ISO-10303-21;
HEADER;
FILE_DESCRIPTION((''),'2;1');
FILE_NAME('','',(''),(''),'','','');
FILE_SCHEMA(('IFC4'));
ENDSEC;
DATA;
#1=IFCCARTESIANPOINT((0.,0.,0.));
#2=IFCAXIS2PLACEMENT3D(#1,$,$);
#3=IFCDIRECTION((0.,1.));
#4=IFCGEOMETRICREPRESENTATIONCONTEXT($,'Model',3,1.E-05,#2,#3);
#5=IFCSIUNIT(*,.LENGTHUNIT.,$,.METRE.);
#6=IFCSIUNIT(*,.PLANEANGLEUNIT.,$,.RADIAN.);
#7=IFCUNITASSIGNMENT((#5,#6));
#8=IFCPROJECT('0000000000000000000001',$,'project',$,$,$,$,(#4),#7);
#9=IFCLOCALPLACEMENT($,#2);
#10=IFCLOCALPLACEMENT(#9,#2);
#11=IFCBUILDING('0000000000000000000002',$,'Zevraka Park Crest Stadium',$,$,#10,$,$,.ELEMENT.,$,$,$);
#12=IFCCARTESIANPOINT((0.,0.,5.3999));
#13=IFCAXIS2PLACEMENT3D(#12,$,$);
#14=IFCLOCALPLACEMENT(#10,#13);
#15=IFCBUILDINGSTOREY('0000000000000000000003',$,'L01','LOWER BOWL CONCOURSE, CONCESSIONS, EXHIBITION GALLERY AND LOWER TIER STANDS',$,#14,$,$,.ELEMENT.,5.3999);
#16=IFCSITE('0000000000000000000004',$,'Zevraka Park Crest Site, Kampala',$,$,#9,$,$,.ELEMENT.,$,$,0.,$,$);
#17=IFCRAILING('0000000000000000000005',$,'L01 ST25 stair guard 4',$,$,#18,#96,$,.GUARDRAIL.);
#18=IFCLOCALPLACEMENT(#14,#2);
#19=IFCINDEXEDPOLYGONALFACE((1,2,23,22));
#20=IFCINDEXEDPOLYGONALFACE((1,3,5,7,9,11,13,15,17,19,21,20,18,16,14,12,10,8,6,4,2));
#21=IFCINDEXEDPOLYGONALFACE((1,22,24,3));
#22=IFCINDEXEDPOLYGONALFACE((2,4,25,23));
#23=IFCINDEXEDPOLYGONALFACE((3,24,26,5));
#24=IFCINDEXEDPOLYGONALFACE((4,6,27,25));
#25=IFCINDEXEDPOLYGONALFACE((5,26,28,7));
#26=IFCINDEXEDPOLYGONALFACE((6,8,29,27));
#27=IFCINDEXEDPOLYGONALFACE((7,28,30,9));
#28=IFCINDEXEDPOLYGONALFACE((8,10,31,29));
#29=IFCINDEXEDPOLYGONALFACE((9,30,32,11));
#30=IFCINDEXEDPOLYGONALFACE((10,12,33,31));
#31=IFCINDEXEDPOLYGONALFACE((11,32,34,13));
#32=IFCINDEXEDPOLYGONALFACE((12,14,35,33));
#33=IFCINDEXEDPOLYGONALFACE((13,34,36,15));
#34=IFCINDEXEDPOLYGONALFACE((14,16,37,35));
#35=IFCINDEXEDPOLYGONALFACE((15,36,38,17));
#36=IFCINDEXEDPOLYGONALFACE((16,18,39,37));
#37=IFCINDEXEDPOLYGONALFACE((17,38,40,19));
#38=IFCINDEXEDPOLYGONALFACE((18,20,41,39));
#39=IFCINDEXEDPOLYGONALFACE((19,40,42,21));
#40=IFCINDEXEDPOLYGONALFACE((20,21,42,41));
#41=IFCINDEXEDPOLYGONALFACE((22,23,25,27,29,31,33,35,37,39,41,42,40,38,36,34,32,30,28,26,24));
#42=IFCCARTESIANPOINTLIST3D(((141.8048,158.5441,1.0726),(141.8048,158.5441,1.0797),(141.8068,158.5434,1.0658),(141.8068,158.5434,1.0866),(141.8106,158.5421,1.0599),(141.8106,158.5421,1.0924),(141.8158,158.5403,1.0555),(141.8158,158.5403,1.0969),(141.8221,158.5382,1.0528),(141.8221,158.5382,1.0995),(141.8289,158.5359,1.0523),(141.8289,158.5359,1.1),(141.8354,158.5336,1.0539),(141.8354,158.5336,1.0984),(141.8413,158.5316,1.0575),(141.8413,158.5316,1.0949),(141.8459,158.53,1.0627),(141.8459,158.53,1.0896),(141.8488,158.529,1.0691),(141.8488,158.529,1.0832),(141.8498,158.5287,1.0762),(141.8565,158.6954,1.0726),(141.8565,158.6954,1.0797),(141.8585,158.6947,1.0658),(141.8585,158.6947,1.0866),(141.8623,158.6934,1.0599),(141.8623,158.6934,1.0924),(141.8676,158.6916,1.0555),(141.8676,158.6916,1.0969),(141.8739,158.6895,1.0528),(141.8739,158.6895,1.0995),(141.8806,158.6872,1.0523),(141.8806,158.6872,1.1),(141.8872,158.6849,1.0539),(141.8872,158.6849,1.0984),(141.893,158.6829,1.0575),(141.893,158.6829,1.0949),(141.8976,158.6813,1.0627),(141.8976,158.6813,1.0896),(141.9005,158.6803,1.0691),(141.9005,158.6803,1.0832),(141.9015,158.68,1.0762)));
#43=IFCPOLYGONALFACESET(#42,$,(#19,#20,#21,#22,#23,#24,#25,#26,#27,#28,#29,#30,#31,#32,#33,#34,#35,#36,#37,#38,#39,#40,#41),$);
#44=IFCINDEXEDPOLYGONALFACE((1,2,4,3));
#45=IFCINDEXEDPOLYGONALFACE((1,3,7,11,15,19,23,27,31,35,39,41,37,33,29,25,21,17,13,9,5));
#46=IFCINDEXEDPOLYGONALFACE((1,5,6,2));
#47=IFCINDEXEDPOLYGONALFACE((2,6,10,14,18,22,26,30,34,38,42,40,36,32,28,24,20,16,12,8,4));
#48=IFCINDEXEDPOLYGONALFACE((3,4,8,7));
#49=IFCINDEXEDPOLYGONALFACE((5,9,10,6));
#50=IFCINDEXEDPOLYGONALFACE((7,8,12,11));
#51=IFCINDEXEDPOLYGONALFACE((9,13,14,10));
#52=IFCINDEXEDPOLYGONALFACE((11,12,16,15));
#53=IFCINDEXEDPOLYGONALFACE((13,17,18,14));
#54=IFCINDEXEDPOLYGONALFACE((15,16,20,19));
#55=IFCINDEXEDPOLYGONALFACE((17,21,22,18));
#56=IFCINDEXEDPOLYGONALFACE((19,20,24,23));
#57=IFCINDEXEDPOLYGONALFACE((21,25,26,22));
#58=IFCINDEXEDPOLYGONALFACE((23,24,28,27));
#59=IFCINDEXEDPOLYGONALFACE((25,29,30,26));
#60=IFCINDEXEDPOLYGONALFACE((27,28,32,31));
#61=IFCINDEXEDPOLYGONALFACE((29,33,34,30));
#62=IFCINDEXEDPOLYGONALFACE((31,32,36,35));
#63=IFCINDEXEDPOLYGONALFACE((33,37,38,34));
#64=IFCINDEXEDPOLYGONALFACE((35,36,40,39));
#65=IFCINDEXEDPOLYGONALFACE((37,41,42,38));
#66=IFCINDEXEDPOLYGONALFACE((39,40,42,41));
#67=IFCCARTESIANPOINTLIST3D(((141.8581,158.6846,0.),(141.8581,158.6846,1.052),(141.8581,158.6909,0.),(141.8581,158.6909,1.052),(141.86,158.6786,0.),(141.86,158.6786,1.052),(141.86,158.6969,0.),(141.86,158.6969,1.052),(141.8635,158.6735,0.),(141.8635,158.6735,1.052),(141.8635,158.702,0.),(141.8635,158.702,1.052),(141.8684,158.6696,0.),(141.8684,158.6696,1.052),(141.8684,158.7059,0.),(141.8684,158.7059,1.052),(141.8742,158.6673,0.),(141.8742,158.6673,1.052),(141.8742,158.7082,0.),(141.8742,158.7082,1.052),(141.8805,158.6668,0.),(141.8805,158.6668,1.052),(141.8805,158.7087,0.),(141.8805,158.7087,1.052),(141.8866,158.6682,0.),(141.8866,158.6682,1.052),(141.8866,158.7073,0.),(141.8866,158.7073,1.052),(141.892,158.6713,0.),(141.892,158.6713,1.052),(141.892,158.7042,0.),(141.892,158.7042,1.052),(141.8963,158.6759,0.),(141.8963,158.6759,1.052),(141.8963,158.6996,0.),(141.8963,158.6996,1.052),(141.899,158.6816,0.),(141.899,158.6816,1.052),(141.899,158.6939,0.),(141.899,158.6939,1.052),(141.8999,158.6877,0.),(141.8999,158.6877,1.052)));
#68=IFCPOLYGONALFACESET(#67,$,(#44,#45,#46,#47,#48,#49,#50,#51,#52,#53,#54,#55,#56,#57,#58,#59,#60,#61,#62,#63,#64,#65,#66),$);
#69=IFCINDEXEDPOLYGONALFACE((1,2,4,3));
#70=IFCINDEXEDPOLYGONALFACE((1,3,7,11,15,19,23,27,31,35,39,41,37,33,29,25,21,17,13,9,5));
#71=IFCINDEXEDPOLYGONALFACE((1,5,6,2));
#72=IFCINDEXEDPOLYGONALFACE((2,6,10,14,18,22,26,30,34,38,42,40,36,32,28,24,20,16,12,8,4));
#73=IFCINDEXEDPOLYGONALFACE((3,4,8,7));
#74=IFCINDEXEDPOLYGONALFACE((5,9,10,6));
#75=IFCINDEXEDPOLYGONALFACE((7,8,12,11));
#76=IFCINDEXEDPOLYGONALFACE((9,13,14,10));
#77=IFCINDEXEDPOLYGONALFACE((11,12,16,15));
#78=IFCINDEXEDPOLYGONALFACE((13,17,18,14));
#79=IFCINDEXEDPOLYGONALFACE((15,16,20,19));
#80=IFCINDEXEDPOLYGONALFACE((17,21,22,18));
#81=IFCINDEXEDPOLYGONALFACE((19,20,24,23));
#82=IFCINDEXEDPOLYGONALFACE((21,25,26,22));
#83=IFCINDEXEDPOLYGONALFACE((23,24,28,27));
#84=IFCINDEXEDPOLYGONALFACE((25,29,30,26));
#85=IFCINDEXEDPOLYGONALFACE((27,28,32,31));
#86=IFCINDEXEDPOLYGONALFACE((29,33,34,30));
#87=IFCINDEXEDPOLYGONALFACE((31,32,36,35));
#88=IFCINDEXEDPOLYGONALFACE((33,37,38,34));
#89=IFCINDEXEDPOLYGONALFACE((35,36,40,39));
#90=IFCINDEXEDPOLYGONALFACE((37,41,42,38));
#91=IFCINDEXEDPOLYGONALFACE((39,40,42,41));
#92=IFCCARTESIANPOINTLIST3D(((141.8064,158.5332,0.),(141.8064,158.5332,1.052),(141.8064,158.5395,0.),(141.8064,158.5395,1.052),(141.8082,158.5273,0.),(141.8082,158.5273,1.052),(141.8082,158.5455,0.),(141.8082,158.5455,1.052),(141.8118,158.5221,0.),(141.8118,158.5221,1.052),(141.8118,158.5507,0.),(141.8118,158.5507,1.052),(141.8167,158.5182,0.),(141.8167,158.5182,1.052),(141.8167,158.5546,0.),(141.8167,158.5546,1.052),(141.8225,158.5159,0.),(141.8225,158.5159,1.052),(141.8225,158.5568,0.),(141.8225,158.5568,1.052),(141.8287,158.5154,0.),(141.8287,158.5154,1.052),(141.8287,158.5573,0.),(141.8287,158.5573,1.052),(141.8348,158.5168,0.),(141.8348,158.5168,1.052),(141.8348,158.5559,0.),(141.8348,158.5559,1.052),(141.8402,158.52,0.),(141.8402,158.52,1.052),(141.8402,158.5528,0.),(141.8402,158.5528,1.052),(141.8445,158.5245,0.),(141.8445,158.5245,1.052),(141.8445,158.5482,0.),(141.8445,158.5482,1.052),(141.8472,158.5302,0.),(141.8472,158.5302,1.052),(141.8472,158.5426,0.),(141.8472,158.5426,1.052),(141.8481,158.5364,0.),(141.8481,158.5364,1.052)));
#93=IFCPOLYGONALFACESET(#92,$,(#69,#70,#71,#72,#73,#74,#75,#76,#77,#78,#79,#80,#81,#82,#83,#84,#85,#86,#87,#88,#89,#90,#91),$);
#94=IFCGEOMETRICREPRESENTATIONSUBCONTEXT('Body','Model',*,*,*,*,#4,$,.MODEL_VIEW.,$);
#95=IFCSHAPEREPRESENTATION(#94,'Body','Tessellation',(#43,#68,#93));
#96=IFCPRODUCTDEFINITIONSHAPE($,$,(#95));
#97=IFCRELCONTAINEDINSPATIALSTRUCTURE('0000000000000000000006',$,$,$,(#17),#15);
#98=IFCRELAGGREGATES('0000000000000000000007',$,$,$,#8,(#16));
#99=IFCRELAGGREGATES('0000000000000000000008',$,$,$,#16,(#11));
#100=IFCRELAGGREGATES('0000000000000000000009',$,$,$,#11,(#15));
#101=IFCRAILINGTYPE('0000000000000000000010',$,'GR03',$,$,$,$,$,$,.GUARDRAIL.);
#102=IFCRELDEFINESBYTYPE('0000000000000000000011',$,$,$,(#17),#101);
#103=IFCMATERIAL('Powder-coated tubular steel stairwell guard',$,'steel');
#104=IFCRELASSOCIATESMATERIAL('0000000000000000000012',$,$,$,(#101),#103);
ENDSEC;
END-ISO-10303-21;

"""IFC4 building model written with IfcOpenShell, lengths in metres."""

from ifc_helpers import new_model, si_unit, direction, frame, origin, origin_2d, place, context, subcontext, project, spatial, circle, extrude, material, type_object, element, save


model = new_model("IFC4")

# Units and contexts
model_context = context("Model", 3, precision=1e-05, world=origin(), true_north=direction((0.0, 1.0)))
body_context = subcontext(model_context, "Body", "Model", "MODEL_VIEW")
ifc_project = project(units=[si_unit("LENGTHUNIT", "METRE"), si_unit("PLANEANGLEUNIT", "RADIAN")], contexts=[model_context])

# Site, building, storey
site_placement = place(None, origin())
site = spatial("IfcSite", under=ifc_project, at=site_placement, Name="Zevraka Park Crest Site, Kampala", CompositionType="ELEMENT", RefElevation=0.0)
building_placement = place(site_placement, origin())
building = spatial("IfcBuilding", under=site, at=building_placement, Name="Zevraka Park Crest Stadium", CompositionType="ELEMENT")
storey_placement = place(building_placement, frame((0.0, 0.0, 5.3999)))
storey = spatial("IfcBuildingStorey", under=building, at=storey_placement, Name="L01", Description="LOWER BOWL CONCOURSE, CONCESSIONS, EXHIBITION GALLERY AND LOWER TIER STANDS", CompositionType="ELEMENT", Elevation=5.3999)

# Railing
ifc_material_1 = material(Name="Powder-coated tubular steel stairwell guard", Category="steel")
railing_type_1 = type_object("IfcRailingType", Name="GR03", PredefinedType="GUARDRAIL", material=ifc_material_1)
railing_1_placement = place(storey_placement, frame((141.8789, 158.6877, 0.0)))
element("IfcRailing", 1, at=railing_1_placement, inside=storey, type_object=railing_type_1, Name="L01 ST25 stair guard 4", PredefinedType="GUARDRAIL", context=body_context, shape_type="SweptSolid", body=[
    extrude(circle(Radius=0.0239, at=origin_2d()), frame((0.0, 0.0, 1.0762), z_axis=(-0.323544, -0.946213, 0.0), x_axis=(0.946213, -0.323544, 0.0)), (0.0, 0.0, 1.0), 0.1599),
    extrude(circle(Radius=0.021, at=origin_2d()), origin(), (0.0, 0.0, 1.0), 1.052),
    extrude(circle(Radius=0.021, at=origin_2d()), frame((-0.0518, -0.1514, 0.0)), (0.0, 0.0, 1.0), 1.052),
])

save(model, "model.ifc")
